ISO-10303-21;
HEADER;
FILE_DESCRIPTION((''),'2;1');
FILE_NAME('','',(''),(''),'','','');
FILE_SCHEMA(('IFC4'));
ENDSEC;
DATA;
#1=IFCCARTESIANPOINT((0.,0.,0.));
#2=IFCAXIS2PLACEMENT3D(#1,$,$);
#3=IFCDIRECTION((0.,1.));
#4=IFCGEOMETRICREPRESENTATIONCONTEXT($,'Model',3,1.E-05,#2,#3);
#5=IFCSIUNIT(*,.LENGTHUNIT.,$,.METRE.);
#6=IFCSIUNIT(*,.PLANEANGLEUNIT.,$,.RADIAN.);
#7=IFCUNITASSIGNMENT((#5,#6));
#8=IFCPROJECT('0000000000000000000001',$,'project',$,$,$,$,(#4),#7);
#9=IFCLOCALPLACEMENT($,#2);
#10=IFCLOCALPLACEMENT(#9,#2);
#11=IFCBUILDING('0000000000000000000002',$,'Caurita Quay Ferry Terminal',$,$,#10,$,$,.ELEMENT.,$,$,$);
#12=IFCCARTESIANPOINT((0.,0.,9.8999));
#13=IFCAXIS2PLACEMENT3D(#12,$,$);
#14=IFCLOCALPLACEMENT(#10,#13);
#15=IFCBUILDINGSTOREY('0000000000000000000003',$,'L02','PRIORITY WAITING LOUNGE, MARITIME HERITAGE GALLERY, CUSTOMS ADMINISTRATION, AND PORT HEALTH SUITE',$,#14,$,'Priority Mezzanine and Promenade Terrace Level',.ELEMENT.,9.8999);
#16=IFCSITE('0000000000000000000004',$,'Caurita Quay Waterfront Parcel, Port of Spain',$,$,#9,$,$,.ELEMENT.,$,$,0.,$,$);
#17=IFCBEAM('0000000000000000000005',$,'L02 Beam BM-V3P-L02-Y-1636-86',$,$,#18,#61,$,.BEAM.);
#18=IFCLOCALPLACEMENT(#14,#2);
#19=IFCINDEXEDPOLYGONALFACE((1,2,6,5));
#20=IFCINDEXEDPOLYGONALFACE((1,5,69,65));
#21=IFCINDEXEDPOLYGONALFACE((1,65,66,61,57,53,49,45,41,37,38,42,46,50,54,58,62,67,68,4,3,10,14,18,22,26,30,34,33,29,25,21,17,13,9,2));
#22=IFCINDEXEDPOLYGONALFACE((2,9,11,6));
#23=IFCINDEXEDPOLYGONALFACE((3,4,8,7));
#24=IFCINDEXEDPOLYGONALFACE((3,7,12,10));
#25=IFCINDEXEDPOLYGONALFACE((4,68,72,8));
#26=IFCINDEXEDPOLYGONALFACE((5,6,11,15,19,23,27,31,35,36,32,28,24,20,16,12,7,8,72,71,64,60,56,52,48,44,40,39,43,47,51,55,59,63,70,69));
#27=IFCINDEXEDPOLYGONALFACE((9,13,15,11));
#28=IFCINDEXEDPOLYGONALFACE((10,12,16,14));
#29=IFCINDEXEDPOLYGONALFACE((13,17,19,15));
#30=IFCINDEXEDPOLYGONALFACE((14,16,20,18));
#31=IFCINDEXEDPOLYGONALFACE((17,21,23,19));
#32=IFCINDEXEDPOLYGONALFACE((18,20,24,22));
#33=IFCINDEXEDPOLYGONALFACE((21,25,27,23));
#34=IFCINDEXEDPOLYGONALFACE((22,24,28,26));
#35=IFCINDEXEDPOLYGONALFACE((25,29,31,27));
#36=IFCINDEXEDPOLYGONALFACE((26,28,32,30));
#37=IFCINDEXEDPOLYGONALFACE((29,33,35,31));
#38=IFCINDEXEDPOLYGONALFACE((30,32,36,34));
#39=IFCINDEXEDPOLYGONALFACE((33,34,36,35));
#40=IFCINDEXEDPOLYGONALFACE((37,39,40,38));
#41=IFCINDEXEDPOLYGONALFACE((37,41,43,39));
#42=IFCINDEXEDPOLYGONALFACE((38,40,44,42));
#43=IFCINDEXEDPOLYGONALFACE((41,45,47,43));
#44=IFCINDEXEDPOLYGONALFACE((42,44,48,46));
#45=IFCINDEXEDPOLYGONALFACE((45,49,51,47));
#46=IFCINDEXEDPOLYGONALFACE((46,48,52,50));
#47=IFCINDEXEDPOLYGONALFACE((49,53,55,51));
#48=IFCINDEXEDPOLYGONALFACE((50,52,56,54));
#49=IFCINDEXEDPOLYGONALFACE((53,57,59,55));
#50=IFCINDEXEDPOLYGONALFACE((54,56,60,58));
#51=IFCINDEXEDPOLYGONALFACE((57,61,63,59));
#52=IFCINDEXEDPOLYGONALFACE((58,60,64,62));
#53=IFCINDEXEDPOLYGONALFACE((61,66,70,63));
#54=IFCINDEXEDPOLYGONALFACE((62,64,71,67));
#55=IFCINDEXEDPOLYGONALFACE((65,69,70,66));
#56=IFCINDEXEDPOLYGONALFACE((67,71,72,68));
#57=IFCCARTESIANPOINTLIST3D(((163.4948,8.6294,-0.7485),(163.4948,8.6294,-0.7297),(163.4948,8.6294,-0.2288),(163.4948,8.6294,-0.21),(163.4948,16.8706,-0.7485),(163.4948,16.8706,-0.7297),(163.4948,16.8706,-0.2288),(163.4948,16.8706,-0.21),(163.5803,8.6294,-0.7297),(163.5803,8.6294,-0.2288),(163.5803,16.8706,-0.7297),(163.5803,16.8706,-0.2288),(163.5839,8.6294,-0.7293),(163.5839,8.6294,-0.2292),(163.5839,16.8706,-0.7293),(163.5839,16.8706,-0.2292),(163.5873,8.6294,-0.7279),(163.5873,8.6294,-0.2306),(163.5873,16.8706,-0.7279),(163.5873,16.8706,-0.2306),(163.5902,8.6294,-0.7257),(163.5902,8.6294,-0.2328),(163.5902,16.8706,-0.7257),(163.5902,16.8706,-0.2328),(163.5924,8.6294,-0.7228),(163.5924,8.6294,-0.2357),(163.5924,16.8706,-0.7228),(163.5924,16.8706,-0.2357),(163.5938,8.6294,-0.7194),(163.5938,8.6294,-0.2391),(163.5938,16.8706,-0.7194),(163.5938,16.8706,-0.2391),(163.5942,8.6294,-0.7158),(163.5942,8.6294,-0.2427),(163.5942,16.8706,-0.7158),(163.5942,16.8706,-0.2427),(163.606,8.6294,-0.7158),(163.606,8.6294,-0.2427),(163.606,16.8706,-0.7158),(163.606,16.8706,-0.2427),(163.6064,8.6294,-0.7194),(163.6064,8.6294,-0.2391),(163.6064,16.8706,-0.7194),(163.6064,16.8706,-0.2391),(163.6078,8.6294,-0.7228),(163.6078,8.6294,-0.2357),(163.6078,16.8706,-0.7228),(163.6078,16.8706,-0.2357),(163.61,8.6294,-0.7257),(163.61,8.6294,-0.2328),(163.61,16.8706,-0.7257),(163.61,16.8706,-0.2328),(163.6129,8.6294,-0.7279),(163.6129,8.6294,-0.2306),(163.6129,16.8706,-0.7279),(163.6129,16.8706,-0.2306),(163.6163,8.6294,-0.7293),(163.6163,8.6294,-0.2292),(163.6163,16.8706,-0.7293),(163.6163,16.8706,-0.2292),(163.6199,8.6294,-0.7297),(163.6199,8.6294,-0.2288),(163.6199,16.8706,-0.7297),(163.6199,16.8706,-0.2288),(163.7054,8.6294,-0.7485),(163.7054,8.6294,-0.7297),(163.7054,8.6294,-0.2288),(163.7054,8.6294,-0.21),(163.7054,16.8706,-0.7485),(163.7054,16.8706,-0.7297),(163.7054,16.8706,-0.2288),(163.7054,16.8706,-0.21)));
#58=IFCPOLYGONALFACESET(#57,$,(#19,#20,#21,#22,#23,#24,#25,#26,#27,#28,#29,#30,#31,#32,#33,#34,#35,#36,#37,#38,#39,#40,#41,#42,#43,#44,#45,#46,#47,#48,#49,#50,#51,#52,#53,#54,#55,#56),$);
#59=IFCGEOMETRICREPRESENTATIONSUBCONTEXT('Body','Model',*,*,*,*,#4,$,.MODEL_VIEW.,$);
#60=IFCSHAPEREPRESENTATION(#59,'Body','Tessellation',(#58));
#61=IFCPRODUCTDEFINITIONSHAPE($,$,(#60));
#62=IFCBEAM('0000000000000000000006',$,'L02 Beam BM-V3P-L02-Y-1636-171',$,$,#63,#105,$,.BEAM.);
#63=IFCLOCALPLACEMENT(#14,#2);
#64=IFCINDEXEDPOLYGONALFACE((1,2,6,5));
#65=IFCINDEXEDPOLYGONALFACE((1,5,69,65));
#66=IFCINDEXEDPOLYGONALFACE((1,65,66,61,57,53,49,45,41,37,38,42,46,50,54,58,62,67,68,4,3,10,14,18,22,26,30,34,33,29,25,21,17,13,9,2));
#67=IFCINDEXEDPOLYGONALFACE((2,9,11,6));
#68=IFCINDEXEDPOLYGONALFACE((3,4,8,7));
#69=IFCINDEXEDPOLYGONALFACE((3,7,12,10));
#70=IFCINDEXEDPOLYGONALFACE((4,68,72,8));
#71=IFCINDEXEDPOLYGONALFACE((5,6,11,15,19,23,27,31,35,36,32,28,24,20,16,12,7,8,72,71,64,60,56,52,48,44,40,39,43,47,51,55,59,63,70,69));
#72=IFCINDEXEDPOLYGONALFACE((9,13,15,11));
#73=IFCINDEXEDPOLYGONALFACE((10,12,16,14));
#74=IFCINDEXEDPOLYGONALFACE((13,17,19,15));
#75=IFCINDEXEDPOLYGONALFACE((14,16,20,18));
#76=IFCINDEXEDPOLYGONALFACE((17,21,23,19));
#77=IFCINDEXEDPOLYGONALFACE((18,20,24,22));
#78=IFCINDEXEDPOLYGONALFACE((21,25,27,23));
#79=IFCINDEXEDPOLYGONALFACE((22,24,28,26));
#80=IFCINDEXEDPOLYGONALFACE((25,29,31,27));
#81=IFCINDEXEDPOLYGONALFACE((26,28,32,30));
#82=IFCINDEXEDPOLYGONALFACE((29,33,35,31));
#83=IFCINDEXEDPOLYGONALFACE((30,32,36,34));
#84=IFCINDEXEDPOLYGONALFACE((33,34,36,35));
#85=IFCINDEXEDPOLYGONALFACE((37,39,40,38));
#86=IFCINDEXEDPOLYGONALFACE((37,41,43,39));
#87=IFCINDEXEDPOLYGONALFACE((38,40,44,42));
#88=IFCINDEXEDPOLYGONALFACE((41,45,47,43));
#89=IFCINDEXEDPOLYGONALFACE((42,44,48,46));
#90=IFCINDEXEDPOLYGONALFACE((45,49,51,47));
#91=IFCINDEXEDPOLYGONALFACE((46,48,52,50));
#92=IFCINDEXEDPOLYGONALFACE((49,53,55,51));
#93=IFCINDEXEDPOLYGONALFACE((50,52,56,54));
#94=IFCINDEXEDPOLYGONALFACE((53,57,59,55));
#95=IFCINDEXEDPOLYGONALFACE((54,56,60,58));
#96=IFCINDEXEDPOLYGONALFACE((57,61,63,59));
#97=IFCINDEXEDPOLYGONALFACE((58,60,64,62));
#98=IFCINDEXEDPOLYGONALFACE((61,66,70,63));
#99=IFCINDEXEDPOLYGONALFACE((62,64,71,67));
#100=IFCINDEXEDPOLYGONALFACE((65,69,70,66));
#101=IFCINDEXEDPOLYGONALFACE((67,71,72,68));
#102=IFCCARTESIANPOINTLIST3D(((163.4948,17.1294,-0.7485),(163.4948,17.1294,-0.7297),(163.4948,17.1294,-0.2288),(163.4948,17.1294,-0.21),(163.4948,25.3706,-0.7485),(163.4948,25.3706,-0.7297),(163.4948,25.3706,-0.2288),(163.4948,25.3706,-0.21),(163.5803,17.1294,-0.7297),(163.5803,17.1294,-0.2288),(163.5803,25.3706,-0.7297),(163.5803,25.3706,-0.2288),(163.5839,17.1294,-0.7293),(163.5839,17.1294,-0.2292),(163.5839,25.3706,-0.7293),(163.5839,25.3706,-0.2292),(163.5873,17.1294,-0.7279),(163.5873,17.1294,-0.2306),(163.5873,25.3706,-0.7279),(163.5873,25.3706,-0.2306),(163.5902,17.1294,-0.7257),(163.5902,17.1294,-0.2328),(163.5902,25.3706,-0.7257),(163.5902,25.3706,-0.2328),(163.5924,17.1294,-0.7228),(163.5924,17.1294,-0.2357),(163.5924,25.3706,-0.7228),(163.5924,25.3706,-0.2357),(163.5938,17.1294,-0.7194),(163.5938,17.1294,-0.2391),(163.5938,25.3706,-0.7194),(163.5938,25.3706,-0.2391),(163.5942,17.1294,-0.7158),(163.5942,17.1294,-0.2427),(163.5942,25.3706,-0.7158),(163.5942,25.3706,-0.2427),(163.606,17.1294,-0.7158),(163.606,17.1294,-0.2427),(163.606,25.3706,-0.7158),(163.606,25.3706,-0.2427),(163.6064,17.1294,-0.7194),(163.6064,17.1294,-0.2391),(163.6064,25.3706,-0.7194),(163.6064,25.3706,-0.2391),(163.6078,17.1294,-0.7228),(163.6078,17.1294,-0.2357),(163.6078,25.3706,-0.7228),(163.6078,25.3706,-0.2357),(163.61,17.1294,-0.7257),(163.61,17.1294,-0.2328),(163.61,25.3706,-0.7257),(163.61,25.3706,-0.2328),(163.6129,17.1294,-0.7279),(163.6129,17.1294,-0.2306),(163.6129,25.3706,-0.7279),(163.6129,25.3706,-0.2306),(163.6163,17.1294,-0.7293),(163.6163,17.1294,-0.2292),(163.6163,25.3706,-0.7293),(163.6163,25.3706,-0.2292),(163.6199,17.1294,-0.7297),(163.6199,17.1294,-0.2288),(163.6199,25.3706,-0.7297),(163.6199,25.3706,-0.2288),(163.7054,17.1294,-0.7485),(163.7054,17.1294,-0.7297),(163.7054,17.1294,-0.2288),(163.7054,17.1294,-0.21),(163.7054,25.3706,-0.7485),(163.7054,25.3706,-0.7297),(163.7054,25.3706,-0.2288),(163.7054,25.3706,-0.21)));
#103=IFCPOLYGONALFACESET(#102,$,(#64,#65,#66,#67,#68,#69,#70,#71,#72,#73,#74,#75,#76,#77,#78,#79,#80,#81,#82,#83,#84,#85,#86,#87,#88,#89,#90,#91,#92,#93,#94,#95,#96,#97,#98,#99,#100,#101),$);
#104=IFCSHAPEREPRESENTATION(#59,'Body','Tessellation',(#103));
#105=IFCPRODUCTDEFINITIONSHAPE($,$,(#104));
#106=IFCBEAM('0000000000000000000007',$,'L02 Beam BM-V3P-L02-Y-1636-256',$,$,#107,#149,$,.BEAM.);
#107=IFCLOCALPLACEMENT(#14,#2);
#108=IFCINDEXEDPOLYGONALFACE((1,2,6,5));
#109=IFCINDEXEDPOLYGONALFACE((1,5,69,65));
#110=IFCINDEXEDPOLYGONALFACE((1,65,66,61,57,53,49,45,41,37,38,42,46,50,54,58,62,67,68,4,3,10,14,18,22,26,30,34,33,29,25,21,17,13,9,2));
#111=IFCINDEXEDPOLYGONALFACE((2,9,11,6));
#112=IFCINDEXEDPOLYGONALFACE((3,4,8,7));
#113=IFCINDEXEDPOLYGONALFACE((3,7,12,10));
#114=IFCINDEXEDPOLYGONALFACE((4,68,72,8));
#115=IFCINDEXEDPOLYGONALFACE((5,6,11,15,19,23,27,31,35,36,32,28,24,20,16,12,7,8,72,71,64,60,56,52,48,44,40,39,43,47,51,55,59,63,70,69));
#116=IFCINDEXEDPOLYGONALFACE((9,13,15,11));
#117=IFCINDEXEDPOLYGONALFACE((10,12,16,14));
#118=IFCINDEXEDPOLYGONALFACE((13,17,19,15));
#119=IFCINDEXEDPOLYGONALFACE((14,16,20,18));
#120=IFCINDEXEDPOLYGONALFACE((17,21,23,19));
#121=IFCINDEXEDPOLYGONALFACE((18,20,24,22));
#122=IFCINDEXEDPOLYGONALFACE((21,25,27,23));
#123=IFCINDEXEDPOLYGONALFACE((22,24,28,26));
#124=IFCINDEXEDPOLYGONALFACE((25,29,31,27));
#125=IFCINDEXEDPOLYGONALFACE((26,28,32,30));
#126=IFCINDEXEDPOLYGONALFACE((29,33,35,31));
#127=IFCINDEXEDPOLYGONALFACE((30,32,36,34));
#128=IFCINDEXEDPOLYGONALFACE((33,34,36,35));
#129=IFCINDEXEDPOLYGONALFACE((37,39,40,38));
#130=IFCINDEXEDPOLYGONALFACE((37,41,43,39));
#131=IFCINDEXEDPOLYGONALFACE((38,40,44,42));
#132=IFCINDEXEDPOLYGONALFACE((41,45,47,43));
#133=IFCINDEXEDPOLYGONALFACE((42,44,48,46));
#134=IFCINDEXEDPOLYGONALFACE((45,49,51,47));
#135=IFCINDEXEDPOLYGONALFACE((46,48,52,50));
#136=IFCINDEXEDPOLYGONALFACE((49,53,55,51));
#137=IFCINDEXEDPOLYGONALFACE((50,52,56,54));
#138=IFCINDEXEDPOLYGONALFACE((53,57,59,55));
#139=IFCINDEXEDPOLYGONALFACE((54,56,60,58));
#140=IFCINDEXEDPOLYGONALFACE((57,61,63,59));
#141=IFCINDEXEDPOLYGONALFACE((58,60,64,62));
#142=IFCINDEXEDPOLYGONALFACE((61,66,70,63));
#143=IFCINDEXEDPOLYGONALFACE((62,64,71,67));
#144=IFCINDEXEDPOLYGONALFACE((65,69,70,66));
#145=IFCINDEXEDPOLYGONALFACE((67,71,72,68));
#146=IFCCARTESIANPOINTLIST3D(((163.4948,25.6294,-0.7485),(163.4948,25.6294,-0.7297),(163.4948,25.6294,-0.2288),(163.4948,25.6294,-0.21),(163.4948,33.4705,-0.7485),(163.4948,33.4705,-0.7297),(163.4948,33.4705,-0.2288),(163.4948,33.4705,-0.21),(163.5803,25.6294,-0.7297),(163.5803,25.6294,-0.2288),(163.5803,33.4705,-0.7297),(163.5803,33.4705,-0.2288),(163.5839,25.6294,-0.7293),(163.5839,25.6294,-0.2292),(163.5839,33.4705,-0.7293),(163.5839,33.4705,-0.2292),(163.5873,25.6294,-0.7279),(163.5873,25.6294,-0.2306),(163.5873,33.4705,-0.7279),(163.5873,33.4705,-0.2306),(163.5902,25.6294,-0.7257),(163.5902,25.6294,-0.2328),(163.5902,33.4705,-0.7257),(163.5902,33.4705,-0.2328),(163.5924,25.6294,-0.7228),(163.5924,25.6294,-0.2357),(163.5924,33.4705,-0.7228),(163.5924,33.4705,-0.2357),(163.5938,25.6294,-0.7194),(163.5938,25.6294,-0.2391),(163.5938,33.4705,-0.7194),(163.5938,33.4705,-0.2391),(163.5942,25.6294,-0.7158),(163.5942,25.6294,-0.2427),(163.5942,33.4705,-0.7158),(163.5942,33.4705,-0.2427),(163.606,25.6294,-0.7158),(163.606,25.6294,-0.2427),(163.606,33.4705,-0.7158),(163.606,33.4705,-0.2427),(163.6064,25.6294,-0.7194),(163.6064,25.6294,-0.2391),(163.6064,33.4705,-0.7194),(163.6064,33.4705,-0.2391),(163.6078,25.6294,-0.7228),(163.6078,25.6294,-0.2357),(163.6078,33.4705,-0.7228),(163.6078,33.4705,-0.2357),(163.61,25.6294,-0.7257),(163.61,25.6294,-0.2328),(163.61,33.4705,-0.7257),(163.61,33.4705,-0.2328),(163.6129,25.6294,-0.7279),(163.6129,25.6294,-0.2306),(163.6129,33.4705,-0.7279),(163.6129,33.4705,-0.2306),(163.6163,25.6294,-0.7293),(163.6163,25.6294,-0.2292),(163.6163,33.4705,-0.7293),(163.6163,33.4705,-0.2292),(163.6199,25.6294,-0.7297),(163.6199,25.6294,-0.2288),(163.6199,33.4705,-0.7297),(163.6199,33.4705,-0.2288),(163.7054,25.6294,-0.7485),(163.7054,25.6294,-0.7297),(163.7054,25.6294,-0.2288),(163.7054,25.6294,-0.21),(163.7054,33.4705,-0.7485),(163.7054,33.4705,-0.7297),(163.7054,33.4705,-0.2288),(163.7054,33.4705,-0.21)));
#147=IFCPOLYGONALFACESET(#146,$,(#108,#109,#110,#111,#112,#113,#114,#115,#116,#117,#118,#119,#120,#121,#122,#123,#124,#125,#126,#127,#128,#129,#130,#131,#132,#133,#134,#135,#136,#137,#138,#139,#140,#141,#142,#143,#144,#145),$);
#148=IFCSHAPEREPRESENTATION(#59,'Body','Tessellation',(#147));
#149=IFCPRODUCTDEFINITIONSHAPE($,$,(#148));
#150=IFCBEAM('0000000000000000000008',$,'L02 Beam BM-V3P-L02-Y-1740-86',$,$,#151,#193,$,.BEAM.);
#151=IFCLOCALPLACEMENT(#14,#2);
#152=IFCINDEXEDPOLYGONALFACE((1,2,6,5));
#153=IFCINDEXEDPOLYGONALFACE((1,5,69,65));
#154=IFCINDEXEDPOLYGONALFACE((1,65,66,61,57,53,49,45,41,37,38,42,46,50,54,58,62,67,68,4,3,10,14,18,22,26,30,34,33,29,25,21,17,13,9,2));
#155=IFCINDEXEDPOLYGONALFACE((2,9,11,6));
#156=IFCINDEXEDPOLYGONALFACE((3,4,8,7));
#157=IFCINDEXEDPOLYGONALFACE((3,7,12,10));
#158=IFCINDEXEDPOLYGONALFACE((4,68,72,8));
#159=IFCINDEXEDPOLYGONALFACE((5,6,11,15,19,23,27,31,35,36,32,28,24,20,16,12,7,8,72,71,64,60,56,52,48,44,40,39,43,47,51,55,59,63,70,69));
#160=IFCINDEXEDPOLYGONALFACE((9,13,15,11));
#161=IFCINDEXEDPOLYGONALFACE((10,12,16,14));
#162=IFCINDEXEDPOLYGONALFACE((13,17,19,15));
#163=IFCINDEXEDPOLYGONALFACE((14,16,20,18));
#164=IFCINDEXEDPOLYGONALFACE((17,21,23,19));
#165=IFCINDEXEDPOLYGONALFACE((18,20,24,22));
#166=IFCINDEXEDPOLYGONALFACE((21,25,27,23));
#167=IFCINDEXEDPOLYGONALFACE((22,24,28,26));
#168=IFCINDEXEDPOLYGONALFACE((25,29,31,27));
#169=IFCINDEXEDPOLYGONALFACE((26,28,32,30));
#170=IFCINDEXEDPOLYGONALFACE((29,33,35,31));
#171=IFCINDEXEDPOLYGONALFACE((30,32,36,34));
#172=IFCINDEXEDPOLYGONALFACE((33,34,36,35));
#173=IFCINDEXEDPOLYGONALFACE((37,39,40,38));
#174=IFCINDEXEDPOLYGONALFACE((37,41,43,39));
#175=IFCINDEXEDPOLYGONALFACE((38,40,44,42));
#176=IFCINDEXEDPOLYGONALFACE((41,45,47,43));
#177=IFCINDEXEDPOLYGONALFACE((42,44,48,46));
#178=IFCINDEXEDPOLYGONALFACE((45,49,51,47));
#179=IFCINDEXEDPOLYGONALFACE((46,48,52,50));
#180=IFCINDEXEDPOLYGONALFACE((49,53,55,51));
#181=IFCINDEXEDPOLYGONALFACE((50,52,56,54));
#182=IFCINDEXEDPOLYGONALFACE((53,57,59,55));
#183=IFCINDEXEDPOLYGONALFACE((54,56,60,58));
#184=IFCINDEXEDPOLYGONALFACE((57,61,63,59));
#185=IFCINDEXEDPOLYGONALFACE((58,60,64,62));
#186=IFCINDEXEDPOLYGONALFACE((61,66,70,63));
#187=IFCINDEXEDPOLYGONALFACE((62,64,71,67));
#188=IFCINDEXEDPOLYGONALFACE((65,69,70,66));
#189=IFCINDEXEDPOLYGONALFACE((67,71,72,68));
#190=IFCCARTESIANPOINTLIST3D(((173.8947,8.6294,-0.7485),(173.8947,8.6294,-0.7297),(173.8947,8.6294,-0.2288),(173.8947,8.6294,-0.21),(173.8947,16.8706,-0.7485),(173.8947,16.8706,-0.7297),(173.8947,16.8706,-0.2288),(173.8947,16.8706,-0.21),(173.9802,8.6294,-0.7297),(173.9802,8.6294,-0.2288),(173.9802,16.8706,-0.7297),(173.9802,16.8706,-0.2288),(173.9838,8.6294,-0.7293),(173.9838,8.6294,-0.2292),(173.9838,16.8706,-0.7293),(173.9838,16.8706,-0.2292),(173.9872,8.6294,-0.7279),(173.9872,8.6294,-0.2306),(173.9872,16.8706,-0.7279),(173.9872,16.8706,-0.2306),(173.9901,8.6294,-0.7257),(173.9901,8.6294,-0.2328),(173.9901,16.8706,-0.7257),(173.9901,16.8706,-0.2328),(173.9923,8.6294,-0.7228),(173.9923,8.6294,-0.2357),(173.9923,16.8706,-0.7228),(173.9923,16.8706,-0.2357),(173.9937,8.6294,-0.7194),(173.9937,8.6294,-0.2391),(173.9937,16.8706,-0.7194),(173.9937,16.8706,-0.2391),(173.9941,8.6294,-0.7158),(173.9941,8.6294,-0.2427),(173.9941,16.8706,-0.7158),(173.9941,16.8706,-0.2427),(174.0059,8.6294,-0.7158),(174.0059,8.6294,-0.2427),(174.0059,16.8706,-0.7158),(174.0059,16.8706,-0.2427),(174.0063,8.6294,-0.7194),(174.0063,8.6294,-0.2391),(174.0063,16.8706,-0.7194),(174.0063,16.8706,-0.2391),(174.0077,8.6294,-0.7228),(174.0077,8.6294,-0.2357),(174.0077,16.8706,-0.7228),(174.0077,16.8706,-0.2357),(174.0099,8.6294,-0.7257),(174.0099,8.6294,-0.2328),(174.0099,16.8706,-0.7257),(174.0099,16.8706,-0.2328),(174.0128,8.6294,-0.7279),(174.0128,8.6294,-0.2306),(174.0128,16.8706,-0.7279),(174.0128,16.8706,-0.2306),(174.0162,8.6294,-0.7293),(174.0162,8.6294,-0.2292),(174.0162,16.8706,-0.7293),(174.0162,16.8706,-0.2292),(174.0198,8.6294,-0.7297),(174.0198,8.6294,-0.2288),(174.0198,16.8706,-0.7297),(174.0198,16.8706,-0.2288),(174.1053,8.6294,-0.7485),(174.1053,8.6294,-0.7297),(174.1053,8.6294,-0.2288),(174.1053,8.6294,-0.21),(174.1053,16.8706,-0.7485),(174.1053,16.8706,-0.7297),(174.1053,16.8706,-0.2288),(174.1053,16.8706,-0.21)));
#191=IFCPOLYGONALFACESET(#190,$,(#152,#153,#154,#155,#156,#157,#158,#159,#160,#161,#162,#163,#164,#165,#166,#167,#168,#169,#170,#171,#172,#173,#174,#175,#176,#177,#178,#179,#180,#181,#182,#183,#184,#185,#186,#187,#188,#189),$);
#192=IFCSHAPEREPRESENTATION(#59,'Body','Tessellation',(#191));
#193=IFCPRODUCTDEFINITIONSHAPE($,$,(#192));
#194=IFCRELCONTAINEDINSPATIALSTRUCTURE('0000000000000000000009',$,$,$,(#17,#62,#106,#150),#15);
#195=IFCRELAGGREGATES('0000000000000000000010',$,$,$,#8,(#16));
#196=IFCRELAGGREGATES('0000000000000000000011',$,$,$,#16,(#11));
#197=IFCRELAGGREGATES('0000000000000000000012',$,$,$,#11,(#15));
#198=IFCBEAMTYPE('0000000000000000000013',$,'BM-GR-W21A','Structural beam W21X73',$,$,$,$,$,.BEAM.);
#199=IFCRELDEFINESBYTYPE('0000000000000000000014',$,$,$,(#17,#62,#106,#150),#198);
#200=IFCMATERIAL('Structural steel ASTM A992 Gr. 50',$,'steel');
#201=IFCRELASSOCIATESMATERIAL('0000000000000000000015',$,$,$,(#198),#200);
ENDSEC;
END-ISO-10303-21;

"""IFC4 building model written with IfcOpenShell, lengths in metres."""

from ifc_helpers import new_model, si_unit, direction, frame, origin, origin_2d, place, context, subcontext, project, spatial, i_section, extrude, material, material_profile, profile_set, type_object, element, save


model = new_model("IFC4")

# Units and contexts
model_context = context("Model", 3, precision=1e-05, world=origin(), true_north=direction((0.0, 1.0)))
body_context = subcontext(model_context, "Body", "Model", "MODEL_VIEW")
ifc_project = project(units=[si_unit("LENGTHUNIT", "METRE"), si_unit("PLANEANGLEUNIT", "RADIAN")], contexts=[model_context])

# Site, building, storey
site_placement = place(None, origin())
site = spatial("IfcSite", under=ifc_project, at=site_placement, Name="Caurita Quay Waterfront Parcel, Port of Spain", CompositionType="ELEMENT", RefElevation=0.0)
building_placement = place(site_placement, origin())
building = spatial("IfcBuilding", under=site, at=building_placement, Name="Caurita Quay Ferry Terminal", CompositionType="ELEMENT")
storey_placement = place(building_placement, frame((0.0, 0.0, 9.8999)))
storey = spatial("IfcBuildingStorey", under=building, at=storey_placement, Name="L02", Description="PRIORITY WAITING LOUNGE, MARITIME HERITAGE GALLERY, CUSTOMS ADMINISTRATION, AND PORT HEALTH SUITE", LongName="Priority Mezzanine and Promenade Terrace Level", CompositionType="ELEMENT", Elevation=9.8999)

# Beams
ifc_material_1 = material(Name="Structural steel ASTM A992 Gr. 50", Category="steel")
ifc_material_profile_1 = material_profile(ifc_material_1, i_section(OverallWidth=0.2107, OverallDepth=0.5386, WebThickness=0.0117, FlangeThickness=0.0188, FilletRadius=0.0139, at=origin_2d()), Name="W21X73")
ifc_profile_set_1 = profile_set([ifc_material_profile_1], Name="Structural steel ASTM A992 Gr. 50")
beam_type_1 = type_object("IfcBeamType", Name="BM-GR-W21A", Description="Structural beam W21X73", PredefinedType="BEAM", material=ifc_profile_set_1)
for number, where, z_axis, x_axis, name in (
    (1, (163.6001, 8.6294, -0.4792), (0.0, 1.0, 0.0), (-1.0, 0.0, 0.0), "L02 Beam BM-V3P-L02-Y-1636-86"),
    (2, (163.6001, 17.1294, -0.4792), (0.0, 1.0, 0.0), (-1.0, 0.0, 0.0), "L02 Beam BM-V3P-L02-Y-1636-171"),
):
    element("IfcBeam", number, at=place(storey_placement, frame(where, z_axis=z_axis, x_axis=x_axis)), inside=storey, type_object=beam_type_1, Name=name, PredefinedType="BEAM", context=body_context, shape_type="SweptSolid", body=[
        extrude(i_section(OverallWidth=0.2107, OverallDepth=0.5386, WebThickness=0.0117, FlangeThickness=0.0188, FilletRadius=0.0139, at=origin_2d()), origin(), (0.0, 0.0, 1.0), 8.2412),
    ])
beam_1_placement = place(storey_placement, frame((163.6001, 25.6294, -0.4792), z_axis=(0.0, 1.0, 0.0), x_axis=(-1.0, 0.0, 0.0)))
element("IfcBeam", 3, at=beam_1_placement, inside=storey, type_object=beam_type_1, Name="L02 Beam BM-V3P-L02-Y-1636-256", PredefinedType="BEAM", context=body_context, shape_type="SweptSolid", body=[
    extrude(i_section(OverallWidth=0.2107, OverallDepth=0.5386, WebThickness=0.0117, FlangeThickness=0.0188, FilletRadius=0.0139, at=origin_2d()), origin(), (0.0, 0.0, 1.0), 7.8411),
])
for number, where, z_axis, x_axis, name in (
    (4, (174.0, 8.6294, -0.4792), (0.0, 1.0, 0.0), (-1.0, 0.0, 0.0), "L02 Beam BM-V3P-L02-Y-1740-86"),
):
    element("IfcBeam", number, at=place(storey_placement, frame(where, z_axis=z_axis, x_axis=x_axis)), inside=storey, type_object=beam_type_1, Name=name, PredefinedType="BEAM", context=body_context, shape_type="SweptSolid", body=[
        extrude(i_section(OverallWidth=0.2107, OverallDepth=0.5386, WebThickness=0.0117, FlangeThickness=0.0188, FilletRadius=0.0139, at=origin_2d()), origin(), (0.0, 0.0, 1.0), 8.2412),
    ])

save(model, "model.ifc")
